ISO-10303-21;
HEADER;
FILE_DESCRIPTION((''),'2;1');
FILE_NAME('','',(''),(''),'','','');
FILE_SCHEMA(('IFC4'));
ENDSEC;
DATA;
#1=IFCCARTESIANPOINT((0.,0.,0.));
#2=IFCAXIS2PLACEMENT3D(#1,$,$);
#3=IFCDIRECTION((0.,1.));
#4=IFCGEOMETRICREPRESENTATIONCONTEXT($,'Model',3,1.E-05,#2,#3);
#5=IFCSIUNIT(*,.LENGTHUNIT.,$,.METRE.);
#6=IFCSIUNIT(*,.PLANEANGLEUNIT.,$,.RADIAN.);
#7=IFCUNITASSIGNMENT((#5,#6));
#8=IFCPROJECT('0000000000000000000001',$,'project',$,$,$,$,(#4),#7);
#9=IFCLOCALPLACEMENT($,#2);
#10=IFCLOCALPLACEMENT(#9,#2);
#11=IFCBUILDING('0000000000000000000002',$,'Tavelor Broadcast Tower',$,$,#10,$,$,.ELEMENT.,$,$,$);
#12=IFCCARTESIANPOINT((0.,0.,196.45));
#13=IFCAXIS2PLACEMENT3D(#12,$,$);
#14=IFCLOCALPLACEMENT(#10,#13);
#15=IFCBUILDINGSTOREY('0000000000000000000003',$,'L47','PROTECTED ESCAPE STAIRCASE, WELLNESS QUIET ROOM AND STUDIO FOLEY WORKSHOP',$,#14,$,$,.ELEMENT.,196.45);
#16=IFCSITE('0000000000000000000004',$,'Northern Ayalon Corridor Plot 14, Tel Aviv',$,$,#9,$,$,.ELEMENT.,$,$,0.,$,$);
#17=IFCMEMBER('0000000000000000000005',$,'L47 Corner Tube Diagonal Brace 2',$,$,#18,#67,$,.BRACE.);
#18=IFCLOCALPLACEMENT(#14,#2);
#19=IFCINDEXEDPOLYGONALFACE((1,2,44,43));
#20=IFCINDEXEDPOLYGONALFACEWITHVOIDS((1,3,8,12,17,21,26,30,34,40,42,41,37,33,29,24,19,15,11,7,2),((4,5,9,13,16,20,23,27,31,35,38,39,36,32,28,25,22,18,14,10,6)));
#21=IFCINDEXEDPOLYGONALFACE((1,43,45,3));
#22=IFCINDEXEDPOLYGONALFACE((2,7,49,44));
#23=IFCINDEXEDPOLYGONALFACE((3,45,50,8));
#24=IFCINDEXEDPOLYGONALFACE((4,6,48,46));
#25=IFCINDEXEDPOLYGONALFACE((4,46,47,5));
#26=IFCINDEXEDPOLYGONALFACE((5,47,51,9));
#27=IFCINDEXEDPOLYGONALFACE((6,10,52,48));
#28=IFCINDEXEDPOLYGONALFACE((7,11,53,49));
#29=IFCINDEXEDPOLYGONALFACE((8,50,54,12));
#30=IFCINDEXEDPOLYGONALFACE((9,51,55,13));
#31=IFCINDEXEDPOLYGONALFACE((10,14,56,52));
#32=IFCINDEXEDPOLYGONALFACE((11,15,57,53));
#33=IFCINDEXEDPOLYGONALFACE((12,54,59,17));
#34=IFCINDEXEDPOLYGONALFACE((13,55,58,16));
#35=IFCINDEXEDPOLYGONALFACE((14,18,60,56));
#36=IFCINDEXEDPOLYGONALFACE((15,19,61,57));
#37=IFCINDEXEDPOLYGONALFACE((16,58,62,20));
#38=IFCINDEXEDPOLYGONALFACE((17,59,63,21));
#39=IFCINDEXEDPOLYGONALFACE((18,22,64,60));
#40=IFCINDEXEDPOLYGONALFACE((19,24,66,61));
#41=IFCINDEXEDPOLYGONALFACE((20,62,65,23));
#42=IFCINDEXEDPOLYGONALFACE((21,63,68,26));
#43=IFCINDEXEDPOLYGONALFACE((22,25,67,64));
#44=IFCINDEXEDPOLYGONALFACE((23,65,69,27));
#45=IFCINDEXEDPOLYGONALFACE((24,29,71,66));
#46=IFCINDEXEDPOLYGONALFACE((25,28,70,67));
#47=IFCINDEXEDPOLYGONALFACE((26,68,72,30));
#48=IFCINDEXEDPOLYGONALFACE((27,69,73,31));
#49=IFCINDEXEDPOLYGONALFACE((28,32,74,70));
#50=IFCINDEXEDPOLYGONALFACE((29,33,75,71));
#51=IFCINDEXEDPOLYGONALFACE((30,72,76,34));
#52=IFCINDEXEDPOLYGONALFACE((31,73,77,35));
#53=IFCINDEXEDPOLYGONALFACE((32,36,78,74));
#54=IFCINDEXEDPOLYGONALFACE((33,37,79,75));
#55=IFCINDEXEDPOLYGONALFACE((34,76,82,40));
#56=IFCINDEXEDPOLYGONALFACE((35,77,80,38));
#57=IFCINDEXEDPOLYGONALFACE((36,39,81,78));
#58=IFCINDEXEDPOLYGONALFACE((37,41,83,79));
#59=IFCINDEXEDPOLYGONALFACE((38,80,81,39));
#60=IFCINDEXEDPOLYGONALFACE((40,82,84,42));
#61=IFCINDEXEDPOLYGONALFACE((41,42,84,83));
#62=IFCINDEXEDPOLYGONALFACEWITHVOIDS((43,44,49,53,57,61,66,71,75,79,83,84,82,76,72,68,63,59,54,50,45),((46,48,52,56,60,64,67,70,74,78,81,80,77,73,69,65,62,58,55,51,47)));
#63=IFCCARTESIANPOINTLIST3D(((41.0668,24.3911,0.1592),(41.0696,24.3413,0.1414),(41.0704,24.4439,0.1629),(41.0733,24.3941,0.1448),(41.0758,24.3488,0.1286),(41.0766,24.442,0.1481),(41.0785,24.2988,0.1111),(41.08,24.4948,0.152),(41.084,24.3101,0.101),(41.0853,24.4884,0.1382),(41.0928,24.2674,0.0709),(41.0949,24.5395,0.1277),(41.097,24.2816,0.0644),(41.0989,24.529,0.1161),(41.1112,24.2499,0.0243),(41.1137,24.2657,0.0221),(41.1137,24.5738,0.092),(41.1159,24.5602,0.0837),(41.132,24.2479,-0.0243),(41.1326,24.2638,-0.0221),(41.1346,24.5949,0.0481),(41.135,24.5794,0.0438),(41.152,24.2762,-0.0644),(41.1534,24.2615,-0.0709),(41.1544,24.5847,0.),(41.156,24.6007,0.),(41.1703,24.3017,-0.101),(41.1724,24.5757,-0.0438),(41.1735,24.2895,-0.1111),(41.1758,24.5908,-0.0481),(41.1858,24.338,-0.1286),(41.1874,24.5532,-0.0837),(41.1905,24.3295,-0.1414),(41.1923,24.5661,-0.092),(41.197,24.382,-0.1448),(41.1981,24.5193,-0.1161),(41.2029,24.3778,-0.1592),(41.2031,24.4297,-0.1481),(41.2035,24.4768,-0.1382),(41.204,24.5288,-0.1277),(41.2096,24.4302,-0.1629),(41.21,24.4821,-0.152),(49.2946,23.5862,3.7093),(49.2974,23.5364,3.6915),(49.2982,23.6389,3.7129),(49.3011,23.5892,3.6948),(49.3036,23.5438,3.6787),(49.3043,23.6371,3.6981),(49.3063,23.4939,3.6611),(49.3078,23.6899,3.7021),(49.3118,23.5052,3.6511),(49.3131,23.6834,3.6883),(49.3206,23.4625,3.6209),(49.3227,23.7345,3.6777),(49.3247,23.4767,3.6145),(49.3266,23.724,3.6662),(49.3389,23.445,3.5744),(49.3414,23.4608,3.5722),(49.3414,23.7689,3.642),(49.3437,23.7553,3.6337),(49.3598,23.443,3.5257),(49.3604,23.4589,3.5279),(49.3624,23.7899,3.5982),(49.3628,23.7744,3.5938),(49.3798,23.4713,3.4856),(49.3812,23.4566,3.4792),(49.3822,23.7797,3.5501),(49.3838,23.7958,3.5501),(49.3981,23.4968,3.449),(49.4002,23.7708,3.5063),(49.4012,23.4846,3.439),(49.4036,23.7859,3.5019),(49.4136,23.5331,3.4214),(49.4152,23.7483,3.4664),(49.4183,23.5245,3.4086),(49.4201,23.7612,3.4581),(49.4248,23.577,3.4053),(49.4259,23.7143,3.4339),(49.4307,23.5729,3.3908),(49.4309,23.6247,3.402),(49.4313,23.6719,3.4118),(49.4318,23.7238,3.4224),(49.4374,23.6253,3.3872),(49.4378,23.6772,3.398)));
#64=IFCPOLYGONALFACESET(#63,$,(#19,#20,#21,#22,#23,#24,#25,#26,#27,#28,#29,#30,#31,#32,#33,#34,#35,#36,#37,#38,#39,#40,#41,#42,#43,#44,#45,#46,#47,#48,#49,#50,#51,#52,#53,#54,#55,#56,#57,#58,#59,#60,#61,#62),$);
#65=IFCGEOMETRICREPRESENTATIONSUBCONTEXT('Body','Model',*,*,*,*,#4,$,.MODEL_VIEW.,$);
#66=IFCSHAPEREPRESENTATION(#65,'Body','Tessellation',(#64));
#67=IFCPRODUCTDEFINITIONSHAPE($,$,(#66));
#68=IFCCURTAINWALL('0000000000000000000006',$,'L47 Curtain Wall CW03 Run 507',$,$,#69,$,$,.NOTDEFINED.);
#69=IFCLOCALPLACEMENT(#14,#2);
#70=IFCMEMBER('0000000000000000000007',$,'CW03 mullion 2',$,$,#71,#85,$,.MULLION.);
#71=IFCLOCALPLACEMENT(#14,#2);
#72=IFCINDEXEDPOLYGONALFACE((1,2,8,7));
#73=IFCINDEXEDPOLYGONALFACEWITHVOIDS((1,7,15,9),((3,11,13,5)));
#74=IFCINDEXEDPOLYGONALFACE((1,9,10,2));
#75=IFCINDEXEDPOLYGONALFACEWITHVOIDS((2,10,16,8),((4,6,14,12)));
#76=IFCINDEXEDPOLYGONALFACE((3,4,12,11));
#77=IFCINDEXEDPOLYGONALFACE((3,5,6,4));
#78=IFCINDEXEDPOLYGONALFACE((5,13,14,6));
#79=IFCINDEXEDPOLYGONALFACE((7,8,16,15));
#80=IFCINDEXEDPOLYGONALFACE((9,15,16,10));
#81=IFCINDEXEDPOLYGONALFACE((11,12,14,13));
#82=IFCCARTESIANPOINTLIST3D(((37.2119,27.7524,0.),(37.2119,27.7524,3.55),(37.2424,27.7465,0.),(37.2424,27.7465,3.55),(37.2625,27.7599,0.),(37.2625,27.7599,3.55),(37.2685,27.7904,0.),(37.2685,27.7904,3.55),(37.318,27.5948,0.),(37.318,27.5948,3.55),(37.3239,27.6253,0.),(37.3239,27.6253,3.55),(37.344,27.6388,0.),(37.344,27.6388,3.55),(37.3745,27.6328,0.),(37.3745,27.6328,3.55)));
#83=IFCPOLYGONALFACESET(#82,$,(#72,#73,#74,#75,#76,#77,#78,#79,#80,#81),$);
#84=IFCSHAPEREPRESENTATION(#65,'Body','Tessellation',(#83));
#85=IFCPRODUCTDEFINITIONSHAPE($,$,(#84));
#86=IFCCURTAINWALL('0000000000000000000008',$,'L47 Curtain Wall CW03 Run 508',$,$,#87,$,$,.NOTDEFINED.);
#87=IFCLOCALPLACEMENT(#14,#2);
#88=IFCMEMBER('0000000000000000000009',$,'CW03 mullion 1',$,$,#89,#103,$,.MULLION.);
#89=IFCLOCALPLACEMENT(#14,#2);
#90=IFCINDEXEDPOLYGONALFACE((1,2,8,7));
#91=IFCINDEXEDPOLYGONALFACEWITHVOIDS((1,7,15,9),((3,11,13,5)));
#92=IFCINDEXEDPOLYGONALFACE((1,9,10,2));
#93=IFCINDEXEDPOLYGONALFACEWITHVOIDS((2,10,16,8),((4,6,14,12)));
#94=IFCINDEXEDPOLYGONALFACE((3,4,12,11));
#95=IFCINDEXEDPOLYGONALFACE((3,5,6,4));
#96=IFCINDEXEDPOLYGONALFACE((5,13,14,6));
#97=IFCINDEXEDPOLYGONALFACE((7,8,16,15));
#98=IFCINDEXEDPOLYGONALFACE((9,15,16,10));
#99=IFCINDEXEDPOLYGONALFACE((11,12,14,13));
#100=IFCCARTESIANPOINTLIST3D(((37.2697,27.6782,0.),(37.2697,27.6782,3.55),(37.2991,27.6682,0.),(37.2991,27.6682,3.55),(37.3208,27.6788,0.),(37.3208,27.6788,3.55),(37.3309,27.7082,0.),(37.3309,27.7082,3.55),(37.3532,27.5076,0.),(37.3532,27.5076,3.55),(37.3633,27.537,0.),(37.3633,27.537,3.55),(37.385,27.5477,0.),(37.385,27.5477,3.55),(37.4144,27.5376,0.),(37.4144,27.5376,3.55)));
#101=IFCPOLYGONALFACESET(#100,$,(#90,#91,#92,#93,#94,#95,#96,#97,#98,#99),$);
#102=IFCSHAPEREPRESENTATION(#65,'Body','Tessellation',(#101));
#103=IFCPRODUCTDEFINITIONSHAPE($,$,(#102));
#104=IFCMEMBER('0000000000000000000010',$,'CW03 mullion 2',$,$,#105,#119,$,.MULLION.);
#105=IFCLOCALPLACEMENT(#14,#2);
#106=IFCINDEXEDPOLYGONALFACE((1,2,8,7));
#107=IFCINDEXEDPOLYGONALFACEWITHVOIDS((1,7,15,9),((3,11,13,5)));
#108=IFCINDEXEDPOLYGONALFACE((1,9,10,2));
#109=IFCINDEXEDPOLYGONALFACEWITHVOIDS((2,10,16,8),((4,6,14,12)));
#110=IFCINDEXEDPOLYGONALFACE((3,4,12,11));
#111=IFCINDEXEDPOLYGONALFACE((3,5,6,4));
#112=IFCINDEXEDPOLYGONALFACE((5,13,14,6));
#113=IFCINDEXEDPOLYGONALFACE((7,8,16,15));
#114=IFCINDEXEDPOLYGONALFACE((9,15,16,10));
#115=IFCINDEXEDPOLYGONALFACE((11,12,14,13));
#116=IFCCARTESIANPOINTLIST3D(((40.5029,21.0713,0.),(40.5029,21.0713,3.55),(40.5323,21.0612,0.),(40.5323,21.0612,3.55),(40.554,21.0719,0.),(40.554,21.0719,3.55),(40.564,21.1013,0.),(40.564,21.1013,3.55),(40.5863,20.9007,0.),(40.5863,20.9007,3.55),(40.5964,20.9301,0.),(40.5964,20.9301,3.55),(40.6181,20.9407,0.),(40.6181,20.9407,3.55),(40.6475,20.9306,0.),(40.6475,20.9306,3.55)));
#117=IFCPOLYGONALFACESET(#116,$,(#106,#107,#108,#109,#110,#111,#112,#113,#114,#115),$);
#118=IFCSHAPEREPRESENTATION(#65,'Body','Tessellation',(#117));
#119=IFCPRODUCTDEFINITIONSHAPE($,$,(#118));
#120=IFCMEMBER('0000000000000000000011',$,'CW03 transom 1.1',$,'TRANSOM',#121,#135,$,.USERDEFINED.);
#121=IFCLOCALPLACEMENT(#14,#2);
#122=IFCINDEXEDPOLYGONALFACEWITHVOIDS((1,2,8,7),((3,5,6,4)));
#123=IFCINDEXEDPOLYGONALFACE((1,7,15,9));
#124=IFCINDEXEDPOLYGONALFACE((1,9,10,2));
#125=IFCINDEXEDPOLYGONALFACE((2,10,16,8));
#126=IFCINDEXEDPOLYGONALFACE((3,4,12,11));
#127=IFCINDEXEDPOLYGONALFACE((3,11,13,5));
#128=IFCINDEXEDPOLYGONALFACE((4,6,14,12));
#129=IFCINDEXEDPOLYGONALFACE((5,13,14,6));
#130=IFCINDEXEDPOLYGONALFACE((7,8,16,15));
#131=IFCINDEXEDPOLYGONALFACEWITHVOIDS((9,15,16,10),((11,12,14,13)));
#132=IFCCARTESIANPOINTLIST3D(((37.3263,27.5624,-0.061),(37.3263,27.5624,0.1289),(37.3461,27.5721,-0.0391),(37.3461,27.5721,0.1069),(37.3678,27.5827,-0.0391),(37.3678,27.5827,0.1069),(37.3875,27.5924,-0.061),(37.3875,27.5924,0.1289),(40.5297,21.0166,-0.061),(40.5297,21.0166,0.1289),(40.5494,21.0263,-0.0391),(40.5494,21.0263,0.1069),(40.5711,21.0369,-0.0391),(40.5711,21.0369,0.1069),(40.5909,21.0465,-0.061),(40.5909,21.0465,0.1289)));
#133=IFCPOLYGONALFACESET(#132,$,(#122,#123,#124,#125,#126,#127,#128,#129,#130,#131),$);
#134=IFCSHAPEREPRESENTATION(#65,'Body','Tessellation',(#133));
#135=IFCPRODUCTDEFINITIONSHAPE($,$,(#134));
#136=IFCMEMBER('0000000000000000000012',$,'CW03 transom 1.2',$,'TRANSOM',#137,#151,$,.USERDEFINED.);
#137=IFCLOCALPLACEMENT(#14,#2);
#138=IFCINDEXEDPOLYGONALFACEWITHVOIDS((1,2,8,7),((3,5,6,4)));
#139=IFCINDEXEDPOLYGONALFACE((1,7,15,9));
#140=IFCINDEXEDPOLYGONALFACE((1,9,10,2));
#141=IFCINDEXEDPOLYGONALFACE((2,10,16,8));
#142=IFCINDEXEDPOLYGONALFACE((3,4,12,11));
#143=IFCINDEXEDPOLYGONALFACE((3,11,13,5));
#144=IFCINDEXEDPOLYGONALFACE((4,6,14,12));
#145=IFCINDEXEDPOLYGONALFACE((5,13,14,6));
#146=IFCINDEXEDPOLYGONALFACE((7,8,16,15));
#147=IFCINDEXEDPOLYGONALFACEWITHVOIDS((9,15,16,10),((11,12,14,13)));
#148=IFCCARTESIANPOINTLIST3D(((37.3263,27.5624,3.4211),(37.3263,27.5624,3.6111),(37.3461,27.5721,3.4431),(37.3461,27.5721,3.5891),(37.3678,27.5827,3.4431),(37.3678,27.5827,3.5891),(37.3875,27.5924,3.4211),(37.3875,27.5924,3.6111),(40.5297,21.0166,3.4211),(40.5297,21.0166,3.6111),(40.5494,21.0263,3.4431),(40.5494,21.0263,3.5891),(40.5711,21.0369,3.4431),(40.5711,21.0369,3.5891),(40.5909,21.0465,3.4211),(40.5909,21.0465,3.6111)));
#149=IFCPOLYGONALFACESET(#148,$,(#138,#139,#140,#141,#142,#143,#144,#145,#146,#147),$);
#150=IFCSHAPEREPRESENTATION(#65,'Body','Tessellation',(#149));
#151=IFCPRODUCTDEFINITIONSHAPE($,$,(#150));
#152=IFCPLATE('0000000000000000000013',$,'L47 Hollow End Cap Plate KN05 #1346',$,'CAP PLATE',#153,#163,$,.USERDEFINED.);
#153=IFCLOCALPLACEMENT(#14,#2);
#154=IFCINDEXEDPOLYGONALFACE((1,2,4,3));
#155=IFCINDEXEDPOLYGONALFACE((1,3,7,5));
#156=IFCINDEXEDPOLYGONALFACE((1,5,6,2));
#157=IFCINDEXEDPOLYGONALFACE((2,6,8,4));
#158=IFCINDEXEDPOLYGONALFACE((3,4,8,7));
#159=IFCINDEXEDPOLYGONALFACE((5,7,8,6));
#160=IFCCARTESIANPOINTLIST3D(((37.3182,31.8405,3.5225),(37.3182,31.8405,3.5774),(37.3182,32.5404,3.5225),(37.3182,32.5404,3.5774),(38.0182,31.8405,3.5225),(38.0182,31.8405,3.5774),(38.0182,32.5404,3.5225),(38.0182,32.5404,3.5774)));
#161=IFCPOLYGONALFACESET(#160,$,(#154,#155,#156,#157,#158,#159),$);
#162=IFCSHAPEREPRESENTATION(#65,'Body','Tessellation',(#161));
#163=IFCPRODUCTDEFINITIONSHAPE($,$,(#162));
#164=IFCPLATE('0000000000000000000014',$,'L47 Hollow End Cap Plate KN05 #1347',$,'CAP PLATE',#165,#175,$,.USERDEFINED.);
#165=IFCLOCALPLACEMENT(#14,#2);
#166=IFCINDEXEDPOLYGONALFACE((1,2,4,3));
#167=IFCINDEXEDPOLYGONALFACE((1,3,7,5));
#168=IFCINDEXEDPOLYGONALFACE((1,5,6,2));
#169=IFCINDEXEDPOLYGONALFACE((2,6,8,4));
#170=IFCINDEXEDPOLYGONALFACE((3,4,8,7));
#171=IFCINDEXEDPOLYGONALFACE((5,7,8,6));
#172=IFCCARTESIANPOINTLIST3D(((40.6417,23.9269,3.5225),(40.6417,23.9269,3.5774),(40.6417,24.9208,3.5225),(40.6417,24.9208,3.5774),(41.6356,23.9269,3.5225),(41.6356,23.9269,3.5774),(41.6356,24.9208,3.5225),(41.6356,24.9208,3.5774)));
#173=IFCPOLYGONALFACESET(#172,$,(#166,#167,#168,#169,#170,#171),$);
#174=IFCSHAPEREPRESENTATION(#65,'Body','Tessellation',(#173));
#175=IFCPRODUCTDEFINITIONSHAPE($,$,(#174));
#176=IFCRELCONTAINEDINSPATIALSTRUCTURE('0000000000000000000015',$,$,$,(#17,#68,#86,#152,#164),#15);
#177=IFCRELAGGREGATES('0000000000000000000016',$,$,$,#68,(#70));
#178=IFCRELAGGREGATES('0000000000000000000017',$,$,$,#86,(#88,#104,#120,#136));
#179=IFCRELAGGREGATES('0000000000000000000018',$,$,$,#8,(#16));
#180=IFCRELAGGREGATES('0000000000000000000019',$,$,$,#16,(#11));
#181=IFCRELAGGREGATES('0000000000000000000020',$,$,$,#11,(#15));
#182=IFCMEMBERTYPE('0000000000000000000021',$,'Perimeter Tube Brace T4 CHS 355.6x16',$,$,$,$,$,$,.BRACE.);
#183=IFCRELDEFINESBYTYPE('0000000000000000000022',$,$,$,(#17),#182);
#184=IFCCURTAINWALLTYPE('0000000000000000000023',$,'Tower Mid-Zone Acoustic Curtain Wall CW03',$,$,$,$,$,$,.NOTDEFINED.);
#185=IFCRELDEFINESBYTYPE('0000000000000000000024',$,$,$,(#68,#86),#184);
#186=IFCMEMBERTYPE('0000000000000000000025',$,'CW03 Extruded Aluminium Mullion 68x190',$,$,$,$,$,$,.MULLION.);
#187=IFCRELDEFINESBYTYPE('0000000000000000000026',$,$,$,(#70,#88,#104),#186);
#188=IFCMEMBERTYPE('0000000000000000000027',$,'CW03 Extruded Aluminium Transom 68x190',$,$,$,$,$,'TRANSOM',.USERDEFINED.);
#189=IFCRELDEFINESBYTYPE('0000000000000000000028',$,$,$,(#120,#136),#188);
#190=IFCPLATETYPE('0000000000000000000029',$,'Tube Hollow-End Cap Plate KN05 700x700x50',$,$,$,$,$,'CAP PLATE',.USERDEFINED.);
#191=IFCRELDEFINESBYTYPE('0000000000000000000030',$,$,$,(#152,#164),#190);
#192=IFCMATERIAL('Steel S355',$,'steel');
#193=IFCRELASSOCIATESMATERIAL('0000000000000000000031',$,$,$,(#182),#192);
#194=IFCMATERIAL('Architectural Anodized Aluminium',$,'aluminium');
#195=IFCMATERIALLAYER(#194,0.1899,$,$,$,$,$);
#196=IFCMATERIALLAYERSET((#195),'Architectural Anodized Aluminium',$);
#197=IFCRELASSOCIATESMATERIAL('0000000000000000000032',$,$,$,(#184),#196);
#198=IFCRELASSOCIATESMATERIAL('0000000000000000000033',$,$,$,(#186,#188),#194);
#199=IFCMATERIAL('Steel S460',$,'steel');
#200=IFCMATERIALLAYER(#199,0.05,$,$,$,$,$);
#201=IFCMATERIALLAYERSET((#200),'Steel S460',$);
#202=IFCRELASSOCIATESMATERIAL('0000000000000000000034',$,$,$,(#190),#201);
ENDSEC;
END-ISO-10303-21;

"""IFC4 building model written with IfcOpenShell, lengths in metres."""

from ifc_helpers import new_model, si_unit, direction, frame, origin, origin_2d, place, context, subcontext, project, spatial, rectangle, hollow_rectangle, hollow_circle, extrude, source, transform, mapped, material, layer, layer_set, material_profile, profile_set, type_object, type_shapes, element, aggregate, save


model = new_model("IFC4")

# Units and contexts
model_context = context("Model", 3, precision=1e-05, world=origin(), true_north=direction((0.0, 1.0)))
body_context = subcontext(model_context, "Body", "Model", "MODEL_VIEW")
ifc_project = project(units=[si_unit("LENGTHUNIT", "METRE"), si_unit("PLANEANGLEUNIT", "RADIAN")], contexts=[model_context])

# Site, building, storey
site_placement = place(None, origin())
site = spatial("IfcSite", under=ifc_project, at=site_placement, Name="Northern Ayalon Corridor Plot 14, Tel Aviv", CompositionType="ELEMENT", RefElevation=0.0)
building_placement = place(site_placement, origin())
building = spatial("IfcBuilding", under=site, at=building_placement, Name="Tavelor Broadcast Tower", CompositionType="ELEMENT")
storey_placement = place(building_placement, frame((0.0, 0.0, 196.45)))
storey = spatial("IfcBuildingStorey", under=building, at=storey_placement, Name="L47", Description="PROTECTED ESCAPE STAIRCASE, WELLNESS QUIET ROOM AND STUDIO FOLEY WORKSHOP", CompositionType="ELEMENT", Elevation=196.45)

# Shared definitions
ifc_material_1 = material(Name="Steel S460", Category="steel")

# Shared definitions
ifc_material_2 = material(Name="Steel S355", Category="steel")

# Member
ifc_material_profile_1 = material_profile(ifc_material_2, hollow_circle(Radius=0.1777, WallThickness=0.0161, at=origin_2d()), Name="CHS 355.6x16")
ifc_profile_set_1 = profile_set([ifc_material_profile_1], Name="Steel S355")
member_type_1 = type_object("IfcMemberType", Name="Perimeter Tube Brace T4 CHS 355.6x16", PredefinedType="BRACE", material=ifc_profile_set_1)
member_1_placement = place(storey_placement, frame((41.1387, 24.4238, 0.0), z_axis=(0.914496, -0.089466, 0.394579), x_axis=(0.097366, 0.995249, 0.0)))
element("IfcMember", 1, at=member_1_placement, inside=storey, type_object=member_type_1, Name="L47 Corner Tube Diagonal Brace 2", PredefinedType="BRACE", context=body_context, shape_type="SweptSolid", body=[
    extrude(hollow_circle(Radius=0.1777, WallThickness=0.0161, at=origin_2d()), origin(), (0.0, 0.0, 1.0), 8.9971),
])

# Curtain wall, member
ifc_material_3 = material(Name="Architectural Anodized Aluminium", Category="aluminium")
ifc_layer_1 = layer(ifc_material_3, 0.1899)
ifc_layer_set_1 = layer_set([ifc_layer_1], Name="Architectural Anodized Aluminium")
curtain_wall_type = type_object("IfcCurtainWallType", Name="Tower Mid-Zone Acoustic Curtain Wall CW03", PredefinedType="NOTDEFINED", material=ifc_layer_set_1)
curtain_wall_1_placement = place(storey_placement, origin())
curtain_wall_1 = element("IfcCurtainWall", 2, at=curtain_wall_1_placement, inside=storey, type_object=curtain_wall_type, Name="L47 Curtain Wall CW03 Run 507", PredefinedType="NOTDEFINED")
ifc_material_profile_2 = material_profile(ifc_material_3, hollow_rectangle(XDim=0.0681, YDim=0.1899, WallThickness=0.022, at=origin_2d()), Name="RHS 68x190x22")
ifc_profile_set_2 = profile_set([ifc_material_profile_2], Name="Architectural Anodized Aluminium")
member_type_2 = type_object("IfcMemberType", Name="CW03 Extruded Aluminium Mullion 68x190", PredefinedType="MULLION", material=ifc_profile_set_2)
shared_shape_1 = source(origin(), body_context, "Body", "SweptSolid", [
    extrude(hollow_rectangle(XDim=0.0681, YDim=0.1899, WallThickness=0.022, at=origin_2d()), origin(), (0.0, 0.0, 1.0), 3.55),
])
type_shapes(member_type_2, [shared_shape_1])
member_2_placement = place(storey_placement, frame((37.2932, 27.6926, 0.0), z_axis=(0.0, 0.0, 1.0), x_axis=(0.829752, 0.558132, 0.0)))
member_2 = element("IfcMember", 3, at=member_2_placement, type_object=member_type_2, Name="CW03 mullion 2", PredefinedType="MULLION", context=body_context, shape_type="MappedRepresentation", body=[
    mapped(shared_shape_1, transform((0.0, 0.0, 0.0), scale=1.0)),
])
aggregate(curtain_wall_1, [member_2])

# Curtain wall, members
curtain_wall_2_placement = place(storey_placement, origin())
curtain_wall_2 = element("IfcCurtainWall", 4, at=curtain_wall_2_placement, inside=storey, type_object=curtain_wall_type, Name="L47 Curtain Wall CW03 Run 508", PredefinedType="NOTDEFINED")
member_3_placement = place(storey_placement, frame((37.342, 27.6079, 0.0), z_axis=(0.0, 0.0, 1.0), x_axis=(0.898212, 0.439562, 0.0)))
member_3 = element("IfcMember", 5, at=member_3_placement, type_object=member_type_2, Name="CW03 mullion 1", PredefinedType="MULLION", context=body_context, shape_type="MappedRepresentation", body=[
    mapped(shared_shape_1, transform((0.0, 0.0, 0.0), scale=1.0)),
])
member_4_placement = place(storey_placement, frame((40.5752, 21.001, 0.0), z_axis=(0.0, 0.0, 1.0), x_axis=(0.898212, 0.439562, 0.0)))
member_4 = element("IfcMember", 6, at=member_4_placement, type_object=member_type_2, Name="CW03 mullion 2", PredefinedType="MULLION", context=body_context, shape_type="MappedRepresentation", body=[
    mapped(shared_shape_1, transform((0.0, 0.0, 0.0), scale=1.0)),
])
ifc_material_profile_3 = material_profile(ifc_material_3, hollow_rectangle(XDim=0.0681, YDim=0.1899, WallThickness=0.022, at=origin_2d()), Name="RHS 68x190x22")
ifc_profile_set_3 = profile_set([ifc_material_profile_3], Name="Architectural Anodized Aluminium")
member_type_3 = type_object("IfcMemberType", Name="CW03 Extruded Aluminium Transom 68x190", ElementType="TRANSOM", PredefinedType="USERDEFINED", material=ifc_profile_set_3)
shared_shape_2 = source(origin(), body_context, "Body", "SweptSolid", [
    extrude(hollow_rectangle(XDim=0.0681, YDim=0.1899, WallThickness=0.022, at=origin_2d()), origin(), (0.0, 0.0, 1.0), 7.2876),
])
type_shapes(member_type_3, [shared_shape_2])
member_5_placement = place(storey_placement, frame((37.3569, 27.5774, 0.0339), z_axis=(0.439559, -0.898214, 0.0), x_axis=(0.898214, 0.439559, 0.0)))
member_5 = element("IfcMember", 7, at=member_5_placement, type_object=member_type_3, Name="CW03 transom 1.1", ObjectType="TRANSOM", PredefinedType="USERDEFINED", context=body_context, shape_type="MappedRepresentation", body=[
    mapped(shared_shape_2, transform((0.0, 0.0, 0.0), scale=1.0)),
])
member_6_placement = place(storey_placement, frame((37.3569, 27.5774, 3.5161), z_axis=(0.439559, -0.898214, 0.0), x_axis=(0.898214, 0.439559, 0.0)))
member_6 = element("IfcMember", 8, at=member_6_placement, type_object=member_type_3, Name="CW03 transom 1.2", ObjectType="TRANSOM", PredefinedType="USERDEFINED", context=body_context, shape_type="MappedRepresentation", body=[
    mapped(shared_shape_2, transform((0.0, 0.0, 0.0), scale=1.0)),
])

# Plates
ifc_layer_2 = layer(ifc_material_1, 0.05)
ifc_layer_set_2 = layer_set([ifc_layer_2], Name="Steel S460")
plate_type_1 = type_object("IfcPlateType", Name="Tube Hollow-End Cap Plate KN05 700x700x50", ElementType="CAP PLATE", PredefinedType="USERDEFINED", material=ifc_layer_set_2)
shared_shape_3 = source(origin(), body_context, "Body", "SweptSolid", [
    extrude(rectangle(XDim=0.7, YDim=0.7, at=origin_2d()), origin(), (0.0, 0.0, 1.0), 0.0549),
])
plate_1_placement = place(storey_placement, frame((37.6682, 32.1904, 3.5225), z_axis=(0.0, 0.0, 1.0), x_axis=(1.0, 0.0, 0.0)))
element("IfcPlate", 9, at=plate_1_placement, inside=storey, type_object=plate_type_1, Name="L47 Hollow End Cap Plate KN05 #1346", ObjectType="CAP PLATE", PredefinedType="USERDEFINED", context=body_context, shape_type="MappedRepresentation", body=[
    mapped(shared_shape_3, transform((0.0, 0.0, 0.0), scale=1.0)),
])
shared_shape_4 = source(origin(), body_context, "Body", "SweptSolid", [
    extrude(rectangle(XDim=0.9939, YDim=0.9939, at=origin_2d()), origin(), (0.0, 0.0, 1.0), 0.0549),
])
type_shapes(plate_type_1, [shared_shape_3, shared_shape_4])
plate_2_placement = place(storey_placement, frame((41.1387, 24.4238, 3.5225), z_axis=(0.0, 0.0, 1.0), x_axis=(1.0, 0.0, 0.0)))
element("IfcPlate", 10, at=plate_2_placement, inside=storey, type_object=plate_type_1, Name="L47 Hollow End Cap Plate KN05 #1347", ObjectType="CAP PLATE", PredefinedType="USERDEFINED", context=body_context, shape_type="MappedRepresentation", body=[
    mapped(shared_shape_4, transform((0.0, 0.0, 0.0), scale=1.0)),
])

aggregate(curtain_wall_2, [member_3, member_4, member_5, member_6])

save(model, "model.ifc")
